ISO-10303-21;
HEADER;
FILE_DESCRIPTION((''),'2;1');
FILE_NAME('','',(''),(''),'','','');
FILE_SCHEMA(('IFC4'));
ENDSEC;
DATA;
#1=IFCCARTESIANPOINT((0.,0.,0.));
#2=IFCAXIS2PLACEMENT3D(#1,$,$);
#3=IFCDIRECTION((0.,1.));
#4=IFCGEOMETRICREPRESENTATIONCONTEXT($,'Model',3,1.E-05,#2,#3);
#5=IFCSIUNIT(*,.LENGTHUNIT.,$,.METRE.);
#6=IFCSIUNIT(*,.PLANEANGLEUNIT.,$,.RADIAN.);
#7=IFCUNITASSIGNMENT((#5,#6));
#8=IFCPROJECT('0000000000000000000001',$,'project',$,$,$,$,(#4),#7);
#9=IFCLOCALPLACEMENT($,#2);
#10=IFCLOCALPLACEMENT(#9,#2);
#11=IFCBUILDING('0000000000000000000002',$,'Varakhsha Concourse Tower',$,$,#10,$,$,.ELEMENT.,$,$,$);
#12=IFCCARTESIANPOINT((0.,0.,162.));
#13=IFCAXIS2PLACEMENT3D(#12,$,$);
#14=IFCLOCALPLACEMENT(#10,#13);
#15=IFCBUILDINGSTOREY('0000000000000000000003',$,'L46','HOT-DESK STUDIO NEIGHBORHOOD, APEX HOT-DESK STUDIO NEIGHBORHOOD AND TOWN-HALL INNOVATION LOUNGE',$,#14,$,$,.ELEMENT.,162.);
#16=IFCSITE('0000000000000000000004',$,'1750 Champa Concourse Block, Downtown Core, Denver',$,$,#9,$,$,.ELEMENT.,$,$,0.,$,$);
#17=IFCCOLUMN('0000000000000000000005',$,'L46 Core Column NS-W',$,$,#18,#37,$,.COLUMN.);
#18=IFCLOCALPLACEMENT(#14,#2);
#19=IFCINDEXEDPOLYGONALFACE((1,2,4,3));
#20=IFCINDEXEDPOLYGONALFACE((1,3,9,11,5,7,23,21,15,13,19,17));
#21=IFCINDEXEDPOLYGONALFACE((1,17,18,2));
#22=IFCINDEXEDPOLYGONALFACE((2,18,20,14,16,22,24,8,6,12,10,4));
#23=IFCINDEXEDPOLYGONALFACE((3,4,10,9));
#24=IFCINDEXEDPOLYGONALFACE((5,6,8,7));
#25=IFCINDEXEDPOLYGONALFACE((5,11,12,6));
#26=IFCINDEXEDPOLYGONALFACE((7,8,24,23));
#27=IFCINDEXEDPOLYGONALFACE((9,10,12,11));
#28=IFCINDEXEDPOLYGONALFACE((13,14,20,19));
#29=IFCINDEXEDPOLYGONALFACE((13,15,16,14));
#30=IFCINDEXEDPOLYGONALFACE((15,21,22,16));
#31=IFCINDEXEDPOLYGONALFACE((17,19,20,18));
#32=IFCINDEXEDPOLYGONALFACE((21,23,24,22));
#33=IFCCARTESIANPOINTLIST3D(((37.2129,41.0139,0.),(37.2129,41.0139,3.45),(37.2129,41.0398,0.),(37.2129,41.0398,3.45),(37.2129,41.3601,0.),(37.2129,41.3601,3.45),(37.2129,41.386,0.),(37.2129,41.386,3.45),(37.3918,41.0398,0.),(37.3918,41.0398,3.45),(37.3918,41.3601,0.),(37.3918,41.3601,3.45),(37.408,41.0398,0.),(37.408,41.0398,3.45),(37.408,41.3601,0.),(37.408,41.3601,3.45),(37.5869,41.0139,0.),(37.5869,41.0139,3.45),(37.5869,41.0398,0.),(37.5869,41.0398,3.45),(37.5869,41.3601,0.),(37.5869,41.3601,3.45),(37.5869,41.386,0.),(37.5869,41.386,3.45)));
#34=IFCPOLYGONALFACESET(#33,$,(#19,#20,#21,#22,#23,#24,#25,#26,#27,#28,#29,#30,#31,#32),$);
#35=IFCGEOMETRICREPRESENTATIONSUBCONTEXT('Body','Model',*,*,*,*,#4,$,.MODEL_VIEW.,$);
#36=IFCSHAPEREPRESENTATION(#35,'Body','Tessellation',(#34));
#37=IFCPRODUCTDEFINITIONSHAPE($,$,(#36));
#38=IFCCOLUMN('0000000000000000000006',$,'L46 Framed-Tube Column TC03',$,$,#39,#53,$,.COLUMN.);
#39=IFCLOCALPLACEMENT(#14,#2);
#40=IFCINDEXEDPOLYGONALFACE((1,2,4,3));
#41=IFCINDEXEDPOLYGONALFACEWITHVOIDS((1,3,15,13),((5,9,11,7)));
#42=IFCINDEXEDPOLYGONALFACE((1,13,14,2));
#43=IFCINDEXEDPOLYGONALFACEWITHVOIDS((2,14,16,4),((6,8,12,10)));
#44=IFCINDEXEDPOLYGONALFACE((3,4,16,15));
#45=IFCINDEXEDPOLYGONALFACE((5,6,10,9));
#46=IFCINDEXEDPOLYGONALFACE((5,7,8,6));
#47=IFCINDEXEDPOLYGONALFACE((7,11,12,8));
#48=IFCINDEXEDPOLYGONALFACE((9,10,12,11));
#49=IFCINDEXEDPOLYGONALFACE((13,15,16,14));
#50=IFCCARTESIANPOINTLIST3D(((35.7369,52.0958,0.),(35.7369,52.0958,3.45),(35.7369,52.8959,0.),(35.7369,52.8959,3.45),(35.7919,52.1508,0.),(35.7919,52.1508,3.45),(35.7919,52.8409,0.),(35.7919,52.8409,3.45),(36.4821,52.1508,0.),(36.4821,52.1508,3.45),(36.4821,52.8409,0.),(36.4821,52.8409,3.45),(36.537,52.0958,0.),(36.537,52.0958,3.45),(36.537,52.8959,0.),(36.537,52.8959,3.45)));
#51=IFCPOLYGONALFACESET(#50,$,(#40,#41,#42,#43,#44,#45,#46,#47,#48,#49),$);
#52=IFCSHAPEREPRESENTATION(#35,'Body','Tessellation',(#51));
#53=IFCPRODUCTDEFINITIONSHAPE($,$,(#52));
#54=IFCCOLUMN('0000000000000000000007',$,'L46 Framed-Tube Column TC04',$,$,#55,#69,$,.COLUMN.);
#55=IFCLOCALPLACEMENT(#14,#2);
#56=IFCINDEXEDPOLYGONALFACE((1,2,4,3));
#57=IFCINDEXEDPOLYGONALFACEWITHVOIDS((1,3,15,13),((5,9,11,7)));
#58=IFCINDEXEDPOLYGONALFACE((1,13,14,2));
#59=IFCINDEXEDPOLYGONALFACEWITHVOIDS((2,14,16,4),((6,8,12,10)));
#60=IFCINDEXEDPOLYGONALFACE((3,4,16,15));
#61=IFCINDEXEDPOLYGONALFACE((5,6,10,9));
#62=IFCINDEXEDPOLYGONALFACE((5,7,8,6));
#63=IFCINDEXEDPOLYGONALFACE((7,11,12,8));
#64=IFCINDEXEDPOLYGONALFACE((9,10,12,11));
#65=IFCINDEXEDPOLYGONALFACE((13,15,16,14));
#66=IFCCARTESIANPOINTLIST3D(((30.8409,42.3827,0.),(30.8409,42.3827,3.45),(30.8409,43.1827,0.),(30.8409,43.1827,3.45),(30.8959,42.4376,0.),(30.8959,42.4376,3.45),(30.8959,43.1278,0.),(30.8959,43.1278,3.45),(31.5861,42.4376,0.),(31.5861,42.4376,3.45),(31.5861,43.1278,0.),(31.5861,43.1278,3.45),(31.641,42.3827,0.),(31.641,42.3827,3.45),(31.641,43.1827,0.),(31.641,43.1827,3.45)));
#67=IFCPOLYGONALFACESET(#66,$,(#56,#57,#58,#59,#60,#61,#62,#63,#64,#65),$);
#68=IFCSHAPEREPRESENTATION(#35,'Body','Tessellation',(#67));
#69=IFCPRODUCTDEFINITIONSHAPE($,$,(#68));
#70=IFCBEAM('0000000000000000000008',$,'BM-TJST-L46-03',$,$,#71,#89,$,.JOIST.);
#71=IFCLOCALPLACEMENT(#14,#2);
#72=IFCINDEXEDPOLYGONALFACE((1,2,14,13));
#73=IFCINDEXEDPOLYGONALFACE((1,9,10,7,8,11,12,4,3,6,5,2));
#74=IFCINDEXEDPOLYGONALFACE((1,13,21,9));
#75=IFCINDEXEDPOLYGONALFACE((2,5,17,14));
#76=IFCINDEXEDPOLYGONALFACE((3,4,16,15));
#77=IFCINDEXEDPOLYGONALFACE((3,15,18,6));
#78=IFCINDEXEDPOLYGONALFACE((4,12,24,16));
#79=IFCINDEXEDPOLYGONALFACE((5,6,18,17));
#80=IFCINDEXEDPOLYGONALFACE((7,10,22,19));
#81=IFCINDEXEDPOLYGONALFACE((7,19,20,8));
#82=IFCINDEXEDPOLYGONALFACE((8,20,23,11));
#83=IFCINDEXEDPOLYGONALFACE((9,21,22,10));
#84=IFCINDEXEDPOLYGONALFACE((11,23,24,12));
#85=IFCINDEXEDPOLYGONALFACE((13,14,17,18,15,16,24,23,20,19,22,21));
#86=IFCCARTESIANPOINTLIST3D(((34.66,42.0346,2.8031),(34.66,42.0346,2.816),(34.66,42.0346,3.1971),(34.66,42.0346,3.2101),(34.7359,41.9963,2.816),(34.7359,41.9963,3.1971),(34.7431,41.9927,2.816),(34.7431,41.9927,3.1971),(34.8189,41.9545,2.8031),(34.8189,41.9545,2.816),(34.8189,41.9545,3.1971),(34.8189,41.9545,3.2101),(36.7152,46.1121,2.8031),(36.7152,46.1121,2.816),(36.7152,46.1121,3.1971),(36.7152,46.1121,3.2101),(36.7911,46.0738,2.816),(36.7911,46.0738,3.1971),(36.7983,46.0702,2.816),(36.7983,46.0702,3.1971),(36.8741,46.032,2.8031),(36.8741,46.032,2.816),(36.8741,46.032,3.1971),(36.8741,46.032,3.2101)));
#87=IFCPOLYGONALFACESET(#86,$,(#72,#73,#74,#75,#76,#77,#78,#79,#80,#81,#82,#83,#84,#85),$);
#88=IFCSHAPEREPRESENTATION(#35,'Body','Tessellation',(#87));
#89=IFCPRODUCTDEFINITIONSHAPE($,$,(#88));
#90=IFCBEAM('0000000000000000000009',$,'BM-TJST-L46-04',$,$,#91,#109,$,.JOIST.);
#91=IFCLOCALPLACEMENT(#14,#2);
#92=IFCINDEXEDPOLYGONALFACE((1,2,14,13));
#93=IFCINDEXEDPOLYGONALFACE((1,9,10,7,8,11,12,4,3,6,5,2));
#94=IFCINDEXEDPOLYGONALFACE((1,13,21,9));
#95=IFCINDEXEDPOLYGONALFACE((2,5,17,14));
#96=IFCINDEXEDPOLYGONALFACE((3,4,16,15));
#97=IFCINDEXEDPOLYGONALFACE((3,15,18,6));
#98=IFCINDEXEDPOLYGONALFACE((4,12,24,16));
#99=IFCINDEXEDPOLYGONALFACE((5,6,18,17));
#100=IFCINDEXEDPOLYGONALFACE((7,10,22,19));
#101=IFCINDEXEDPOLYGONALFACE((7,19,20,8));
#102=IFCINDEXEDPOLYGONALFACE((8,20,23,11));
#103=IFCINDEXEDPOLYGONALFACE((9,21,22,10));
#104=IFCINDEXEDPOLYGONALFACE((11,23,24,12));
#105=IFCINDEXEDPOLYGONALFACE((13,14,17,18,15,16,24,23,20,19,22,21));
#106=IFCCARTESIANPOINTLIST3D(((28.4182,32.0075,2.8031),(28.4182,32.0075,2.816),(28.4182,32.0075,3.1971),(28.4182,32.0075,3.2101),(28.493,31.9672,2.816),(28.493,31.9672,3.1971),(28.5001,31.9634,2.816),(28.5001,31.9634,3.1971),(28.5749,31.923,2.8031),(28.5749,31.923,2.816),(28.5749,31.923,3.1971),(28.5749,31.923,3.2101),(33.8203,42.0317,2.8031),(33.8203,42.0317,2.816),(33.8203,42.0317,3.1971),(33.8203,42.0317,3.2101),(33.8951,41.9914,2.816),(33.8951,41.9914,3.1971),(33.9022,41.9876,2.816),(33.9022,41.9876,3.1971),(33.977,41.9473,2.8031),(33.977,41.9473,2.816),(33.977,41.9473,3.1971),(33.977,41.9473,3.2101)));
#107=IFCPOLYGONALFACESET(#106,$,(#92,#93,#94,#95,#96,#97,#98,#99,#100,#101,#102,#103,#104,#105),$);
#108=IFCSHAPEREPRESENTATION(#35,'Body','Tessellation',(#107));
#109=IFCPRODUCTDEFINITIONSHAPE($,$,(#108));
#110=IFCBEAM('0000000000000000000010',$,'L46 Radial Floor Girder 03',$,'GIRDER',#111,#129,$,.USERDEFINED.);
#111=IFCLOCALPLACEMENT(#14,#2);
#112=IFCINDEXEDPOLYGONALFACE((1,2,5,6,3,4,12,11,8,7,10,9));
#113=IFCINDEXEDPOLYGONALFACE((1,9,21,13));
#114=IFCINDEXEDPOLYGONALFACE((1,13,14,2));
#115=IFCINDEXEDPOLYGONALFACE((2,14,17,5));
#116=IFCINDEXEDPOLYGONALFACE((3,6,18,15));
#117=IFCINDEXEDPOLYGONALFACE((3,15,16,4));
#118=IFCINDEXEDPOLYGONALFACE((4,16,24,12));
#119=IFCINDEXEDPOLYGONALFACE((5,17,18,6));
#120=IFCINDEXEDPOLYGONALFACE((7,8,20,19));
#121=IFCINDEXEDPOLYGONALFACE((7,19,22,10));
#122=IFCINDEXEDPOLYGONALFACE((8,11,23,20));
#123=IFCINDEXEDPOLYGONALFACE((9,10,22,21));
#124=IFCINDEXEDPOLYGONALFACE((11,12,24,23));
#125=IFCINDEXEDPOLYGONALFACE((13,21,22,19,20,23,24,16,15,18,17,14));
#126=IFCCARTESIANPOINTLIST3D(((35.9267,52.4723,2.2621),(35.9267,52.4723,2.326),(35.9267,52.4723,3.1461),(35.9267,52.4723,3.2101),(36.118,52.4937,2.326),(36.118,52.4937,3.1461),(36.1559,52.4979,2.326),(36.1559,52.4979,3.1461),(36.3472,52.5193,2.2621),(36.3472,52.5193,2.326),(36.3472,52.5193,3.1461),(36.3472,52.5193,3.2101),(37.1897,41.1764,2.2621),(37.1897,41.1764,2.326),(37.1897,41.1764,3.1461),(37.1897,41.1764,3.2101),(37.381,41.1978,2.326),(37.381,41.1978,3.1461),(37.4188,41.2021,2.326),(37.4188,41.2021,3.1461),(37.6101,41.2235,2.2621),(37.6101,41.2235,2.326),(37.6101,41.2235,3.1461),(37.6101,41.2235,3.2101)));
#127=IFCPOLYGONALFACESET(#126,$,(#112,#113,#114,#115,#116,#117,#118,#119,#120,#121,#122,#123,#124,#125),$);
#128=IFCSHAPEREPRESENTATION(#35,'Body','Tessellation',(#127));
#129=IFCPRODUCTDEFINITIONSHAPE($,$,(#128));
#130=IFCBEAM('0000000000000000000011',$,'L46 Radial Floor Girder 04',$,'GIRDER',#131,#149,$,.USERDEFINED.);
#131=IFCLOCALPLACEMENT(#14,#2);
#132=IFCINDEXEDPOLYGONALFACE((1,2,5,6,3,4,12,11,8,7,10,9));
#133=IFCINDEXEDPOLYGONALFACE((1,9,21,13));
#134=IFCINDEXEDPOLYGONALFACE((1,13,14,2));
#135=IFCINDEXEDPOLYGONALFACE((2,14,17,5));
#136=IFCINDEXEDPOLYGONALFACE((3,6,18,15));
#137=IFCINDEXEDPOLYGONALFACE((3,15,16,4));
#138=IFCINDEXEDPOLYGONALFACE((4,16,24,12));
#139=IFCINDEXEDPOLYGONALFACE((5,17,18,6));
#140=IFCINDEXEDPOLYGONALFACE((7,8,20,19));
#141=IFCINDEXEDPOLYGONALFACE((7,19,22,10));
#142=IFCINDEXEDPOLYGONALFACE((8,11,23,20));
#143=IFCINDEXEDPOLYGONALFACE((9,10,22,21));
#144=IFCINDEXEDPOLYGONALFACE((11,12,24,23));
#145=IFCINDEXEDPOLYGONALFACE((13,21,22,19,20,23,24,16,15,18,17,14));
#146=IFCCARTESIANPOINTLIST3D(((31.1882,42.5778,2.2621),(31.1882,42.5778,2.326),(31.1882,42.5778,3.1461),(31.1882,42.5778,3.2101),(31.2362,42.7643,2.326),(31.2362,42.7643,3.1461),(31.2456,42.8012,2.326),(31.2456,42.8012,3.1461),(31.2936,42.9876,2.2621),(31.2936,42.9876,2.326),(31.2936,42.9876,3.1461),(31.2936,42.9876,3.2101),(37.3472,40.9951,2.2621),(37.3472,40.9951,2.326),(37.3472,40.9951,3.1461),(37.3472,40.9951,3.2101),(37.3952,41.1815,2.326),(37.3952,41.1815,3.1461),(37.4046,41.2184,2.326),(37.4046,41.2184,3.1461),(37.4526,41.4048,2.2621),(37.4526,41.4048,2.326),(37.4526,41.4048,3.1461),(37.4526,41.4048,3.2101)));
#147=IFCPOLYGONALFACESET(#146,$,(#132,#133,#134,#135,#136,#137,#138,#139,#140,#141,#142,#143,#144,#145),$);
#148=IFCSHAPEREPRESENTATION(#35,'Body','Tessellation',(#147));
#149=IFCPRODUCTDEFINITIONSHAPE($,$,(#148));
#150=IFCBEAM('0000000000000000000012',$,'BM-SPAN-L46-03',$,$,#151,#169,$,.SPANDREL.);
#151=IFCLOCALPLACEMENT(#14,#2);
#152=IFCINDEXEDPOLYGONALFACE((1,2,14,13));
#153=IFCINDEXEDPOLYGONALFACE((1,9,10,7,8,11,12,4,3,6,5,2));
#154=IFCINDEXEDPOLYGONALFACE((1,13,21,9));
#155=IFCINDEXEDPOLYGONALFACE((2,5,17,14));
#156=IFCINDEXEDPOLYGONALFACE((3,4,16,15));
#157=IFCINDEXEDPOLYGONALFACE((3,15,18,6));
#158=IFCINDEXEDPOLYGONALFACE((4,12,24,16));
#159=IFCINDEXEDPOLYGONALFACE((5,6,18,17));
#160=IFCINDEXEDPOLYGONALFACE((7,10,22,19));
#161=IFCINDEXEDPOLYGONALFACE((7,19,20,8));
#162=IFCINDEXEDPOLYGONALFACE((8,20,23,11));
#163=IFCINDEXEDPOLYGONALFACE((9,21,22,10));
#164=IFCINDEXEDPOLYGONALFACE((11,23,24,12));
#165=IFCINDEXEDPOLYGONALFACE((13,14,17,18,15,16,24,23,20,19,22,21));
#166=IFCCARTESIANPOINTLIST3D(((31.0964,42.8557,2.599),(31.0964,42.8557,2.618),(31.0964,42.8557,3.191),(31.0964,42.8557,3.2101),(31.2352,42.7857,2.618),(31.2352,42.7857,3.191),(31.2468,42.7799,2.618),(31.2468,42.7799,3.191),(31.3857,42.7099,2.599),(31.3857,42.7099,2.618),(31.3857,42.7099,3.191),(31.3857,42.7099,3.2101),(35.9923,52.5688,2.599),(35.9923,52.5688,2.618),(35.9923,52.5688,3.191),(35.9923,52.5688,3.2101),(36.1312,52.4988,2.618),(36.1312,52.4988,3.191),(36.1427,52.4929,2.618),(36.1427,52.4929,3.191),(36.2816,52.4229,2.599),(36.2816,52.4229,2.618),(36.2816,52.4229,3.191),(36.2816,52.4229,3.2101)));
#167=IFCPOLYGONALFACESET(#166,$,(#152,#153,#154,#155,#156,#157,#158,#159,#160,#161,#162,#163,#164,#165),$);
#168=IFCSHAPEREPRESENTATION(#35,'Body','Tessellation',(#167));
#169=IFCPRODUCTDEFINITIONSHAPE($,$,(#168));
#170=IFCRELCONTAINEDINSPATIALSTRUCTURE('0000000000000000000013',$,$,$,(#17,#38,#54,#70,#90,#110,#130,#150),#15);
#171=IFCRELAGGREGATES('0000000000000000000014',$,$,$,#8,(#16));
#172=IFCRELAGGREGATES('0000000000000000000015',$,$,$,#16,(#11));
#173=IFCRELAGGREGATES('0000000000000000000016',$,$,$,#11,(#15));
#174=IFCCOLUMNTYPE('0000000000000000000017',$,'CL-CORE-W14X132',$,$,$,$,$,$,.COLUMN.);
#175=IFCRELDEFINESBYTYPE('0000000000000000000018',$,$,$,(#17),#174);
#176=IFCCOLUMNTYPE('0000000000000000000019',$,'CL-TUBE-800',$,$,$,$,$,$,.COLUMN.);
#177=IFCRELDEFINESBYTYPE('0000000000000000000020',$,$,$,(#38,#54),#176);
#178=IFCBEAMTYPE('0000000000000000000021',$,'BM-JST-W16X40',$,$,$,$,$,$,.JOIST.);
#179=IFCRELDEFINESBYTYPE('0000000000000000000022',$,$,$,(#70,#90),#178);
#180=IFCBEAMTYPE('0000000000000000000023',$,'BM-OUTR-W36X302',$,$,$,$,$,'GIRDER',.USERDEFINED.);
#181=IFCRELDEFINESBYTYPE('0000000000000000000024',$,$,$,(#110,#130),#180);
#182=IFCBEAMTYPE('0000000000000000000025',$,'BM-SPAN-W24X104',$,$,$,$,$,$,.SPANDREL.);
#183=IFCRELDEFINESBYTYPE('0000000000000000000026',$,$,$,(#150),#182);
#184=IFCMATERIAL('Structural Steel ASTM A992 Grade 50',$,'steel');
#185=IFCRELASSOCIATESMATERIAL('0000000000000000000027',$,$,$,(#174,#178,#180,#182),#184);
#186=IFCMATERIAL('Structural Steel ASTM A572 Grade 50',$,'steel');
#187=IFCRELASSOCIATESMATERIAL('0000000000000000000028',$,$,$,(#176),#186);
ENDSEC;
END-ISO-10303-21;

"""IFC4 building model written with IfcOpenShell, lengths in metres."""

from ifc_helpers import new_model, si_unit, direction, frame, origin, origin_2d, place, context, subcontext, project, spatial, hollow_rectangle, i_section, extrude, material, material_profile, profile_set, type_object, element, save


model = new_model("IFC4")

# Units and contexts
model_context = context("Model", 3, precision=1e-05, world=origin(), true_north=direction((0.0, 1.0)))
body_context = subcontext(model_context, "Body", "Model", "MODEL_VIEW")
ifc_project = project(units=[si_unit("LENGTHUNIT", "METRE"), si_unit("PLANEANGLEUNIT", "RADIAN")], contexts=[model_context])

# Site, building, storey
site_placement = place(None, origin())
site = spatial("IfcSite", under=ifc_project, at=site_placement, Name="1750 Champa Concourse Block, Downtown Core, Denver", CompositionType="ELEMENT", RefElevation=0.0)
building_placement = place(site_placement, origin())
building = spatial("IfcBuilding", under=site, at=building_placement, Name="Varakhsha Concourse Tower", CompositionType="ELEMENT")
storey_placement = place(building_placement, frame((0.0, 0.0, 162.0)))
storey = spatial("IfcBuildingStorey", under=building, at=storey_placement, Name="L46", Description="HOT-DESK STUDIO NEIGHBORHOOD, APEX HOT-DESK STUDIO NEIGHBORHOOD AND TOWN-HALL INNOVATION LOUNGE", CompositionType="ELEMENT", Elevation=162.0)

# Columns
ifc_material_1 = material(Name="Structural Steel ASTM A992 Grade 50", Category="steel")
ifc_material_profile_1 = material_profile(ifc_material_1, i_section(OverallWidth=0.374, OverallDepth=0.3721, WebThickness=0.0161, FlangeThickness=0.0259, at=origin_2d()), Name="W14X132")
ifc_profile_set_1 = profile_set([ifc_material_profile_1], Name="Structural Steel ASTM A992 Grade 50")
column_type_1 = type_object("IfcColumnType", Name="CL-CORE-W14X132", PredefinedType="COLUMN", material=ifc_profile_set_1)
column_placement = place(storey_placement, frame((37.3999, 41.2, 0.0), z_axis=(0.0, 0.0, 1.0), x_axis=(1.0, 0.0, 0.0)))
element("IfcColumn", 1, at=column_placement, inside=storey, type_object=column_type_1, Name="L46 Core Column NS-W", PredefinedType="COLUMN", context=body_context, shape_type="SweptSolid", body=[
    extrude(i_section(OverallWidth=0.374, OverallDepth=0.3721, WebThickness=0.0161, FlangeThickness=0.0259, at=origin_2d()), origin(), (0.0, 0.0, 1.0), 3.45),
])
ifc_material_2 = material(Name="Structural Steel ASTM A572 Grade 50", Category="steel")
ifc_material_profile_2 = material_profile(ifc_material_2, hollow_rectangle(XDim=0.8, YDim=0.8, WallThickness=0.0549, at=origin_2d()), Name="BOX 800x800x55")
ifc_profile_set_2 = profile_set([ifc_material_profile_2], Name="Structural Steel ASTM A572 Grade 50")
column_type_2 = type_object("IfcColumnType", Name="CL-TUBE-800", PredefinedType="COLUMN", material=ifc_profile_set_2)
for number, where, z_axis, x_axis, name in (
    (2, (36.137, 52.4958, 0.0), (0.0, 0.0, 1.0), (1.0, 0.0, 0.0), "L46 Framed-Tube Column TC03"),
    (3, (31.241, 42.7827, 0.0), (0.0, 0.0, 1.0), (1.0, 0.0, 0.0), "L46 Framed-Tube Column TC04"),
):
    element("IfcColumn", number, at=place(storey_placement, frame(where, z_axis=z_axis, x_axis=x_axis)), inside=storey, type_object=column_type_2, Name=name, PredefinedType="COLUMN", context=body_context, shape_type="SweptSolid", body=[
        extrude(hollow_rectangle(XDim=0.8, YDim=0.8, WallThickness=0.0549, at=origin_2d()), origin(), (0.0, 0.0, 1.0), 3.45),
    ])

# Beams
ifc_material_profile_3 = material_profile(ifc_material_1, i_section(OverallWidth=0.178, OverallDepth=0.407, WebThickness=0.0081, FlangeThickness=0.0129, at=origin_2d()), Name="W16X40")
ifc_profile_set_3 = profile_set([ifc_material_profile_3], Name="Structural Steel ASTM A992 Grade 50")
beam_type_1 = type_object("IfcBeamType", Name="BM-JST-W16X40", PredefinedType="JOIST", material=ifc_profile_set_3)
beam_1_placement = place(storey_placement, frame((36.7947, 46.072, 3.0066), z_axis=(-0.450099, -0.892979, 0.0), x_axis=(0.892979, -0.450099, 0.0)))
element("IfcBeam", 4, at=beam_1_placement, inside=storey, type_object=beam_type_1, Name="BM-TJST-L46-03", PredefinedType="JOIST", context=body_context, shape_type="SweptSolid", body=[
    extrude(i_section(OverallWidth=0.178, OverallDepth=0.407, WebThickness=0.0081, FlangeThickness=0.0129, at=origin_2d()), origin(), (0.0, 0.0, 1.0), 4.5662),
])
beam_2_placement = place(storey_placement, frame((33.8987, 41.9895, 3.0066), z_axis=(-0.474404, -0.880307, 0.0), x_axis=(0.880307, -0.474404, 0.0)))
element("IfcBeam", 5, at=beam_2_placement, inside=storey, type_object=beam_type_1, Name="BM-TJST-L46-04", PredefinedType="JOIST", context=body_context, shape_type="SweptSolid", body=[
    extrude(i_section(OverallWidth=0.178, OverallDepth=0.407, WebThickness=0.0081, FlangeThickness=0.0129, at=origin_2d()), origin(), (0.0, 0.0, 1.0), 11.3872),
])
ifc_material_profile_4 = material_profile(ifc_material_1, i_section(OverallWidth=0.4231, OverallDepth=0.948, WebThickness=0.0381, FlangeThickness=0.064, at=origin_2d()), Name="W36X302")
ifc_profile_set_4 = profile_set([ifc_material_profile_4], Name="Structural Steel ASTM A992 Grade 50")
beam_type_2 = type_object("IfcBeamType", Name="BM-OUTR-W36X302", ElementType="GIRDER", PredefinedType="USERDEFINED", material=ifc_profile_set_4)
beam_3_placement = place(storey_placement, frame((37.3999, 41.2, 2.7361), z_axis=(-0.111113, 0.993808, 0.0), x_axis=(-0.993808, -0.111113, 0.0)))
element("IfcBeam", 6, at=beam_3_placement, inside=storey, type_object=beam_type_2, Name="L46 Radial Floor Girder 03", ObjectType="GIRDER", PredefinedType="USERDEFINED", context=body_context, shape_type="SweptSolid", body=[
    extrude(i_section(OverallWidth=0.4231, OverallDepth=0.948, WebThickness=0.0381, FlangeThickness=0.064, at=origin_2d()), origin(), (0.0, 0.0, 1.0), 11.3662),
])
beam_4_placement = place(storey_placement, frame((37.3999, 41.2, 2.7361), z_axis=(-0.968529, 0.248899, 0.0), x_axis=(-0.248899, -0.968529, 0.0)))
element("IfcBeam", 7, at=beam_4_placement, inside=storey, type_object=beam_type_2, Name="L46 Radial Floor Girder 04", ObjectType="GIRDER", PredefinedType="USERDEFINED", context=body_context, shape_type="SweptSolid", body=[
    extrude(i_section(OverallWidth=0.4231, OverallDepth=0.948, WebThickness=0.0381, FlangeThickness=0.064, at=origin_2d()), origin(), (0.0, 0.0, 1.0), 6.3591),
])
ifc_material_profile_5 = material_profile(ifc_material_1, i_section(OverallWidth=0.324, OverallDepth=0.6111, WebThickness=0.0129, FlangeThickness=0.019, at=origin_2d()), Name="W24X104")
ifc_profile_set_5 = profile_set([ifc_material_profile_5], Name="Structural Steel ASTM A992 Grade 50")
beam_type_3 = type_object("IfcBeamType", Name="BM-SPAN-W24X104", PredefinedType="SPANDREL", material=ifc_profile_set_5)
beam_5_placement = place(storey_placement, frame((36.137, 52.4958, 2.9045), z_axis=(-0.450111, -0.892973, 0.0), x_axis=(0.892973, -0.450111, 0.0)))
element("IfcBeam", 8, at=beam_5_placement, inside=storey, type_object=beam_type_3, Name="BM-SPAN-L46-03", PredefinedType="SPANDREL", context=body_context, shape_type="SweptSolid", body=[
    extrude(i_section(OverallWidth=0.324, OverallDepth=0.6111, WebThickness=0.0129, FlangeThickness=0.019, at=origin_2d()), origin(), (0.0, 0.0, 1.0), 10.8772),
])

save(model, "model.ifc")
